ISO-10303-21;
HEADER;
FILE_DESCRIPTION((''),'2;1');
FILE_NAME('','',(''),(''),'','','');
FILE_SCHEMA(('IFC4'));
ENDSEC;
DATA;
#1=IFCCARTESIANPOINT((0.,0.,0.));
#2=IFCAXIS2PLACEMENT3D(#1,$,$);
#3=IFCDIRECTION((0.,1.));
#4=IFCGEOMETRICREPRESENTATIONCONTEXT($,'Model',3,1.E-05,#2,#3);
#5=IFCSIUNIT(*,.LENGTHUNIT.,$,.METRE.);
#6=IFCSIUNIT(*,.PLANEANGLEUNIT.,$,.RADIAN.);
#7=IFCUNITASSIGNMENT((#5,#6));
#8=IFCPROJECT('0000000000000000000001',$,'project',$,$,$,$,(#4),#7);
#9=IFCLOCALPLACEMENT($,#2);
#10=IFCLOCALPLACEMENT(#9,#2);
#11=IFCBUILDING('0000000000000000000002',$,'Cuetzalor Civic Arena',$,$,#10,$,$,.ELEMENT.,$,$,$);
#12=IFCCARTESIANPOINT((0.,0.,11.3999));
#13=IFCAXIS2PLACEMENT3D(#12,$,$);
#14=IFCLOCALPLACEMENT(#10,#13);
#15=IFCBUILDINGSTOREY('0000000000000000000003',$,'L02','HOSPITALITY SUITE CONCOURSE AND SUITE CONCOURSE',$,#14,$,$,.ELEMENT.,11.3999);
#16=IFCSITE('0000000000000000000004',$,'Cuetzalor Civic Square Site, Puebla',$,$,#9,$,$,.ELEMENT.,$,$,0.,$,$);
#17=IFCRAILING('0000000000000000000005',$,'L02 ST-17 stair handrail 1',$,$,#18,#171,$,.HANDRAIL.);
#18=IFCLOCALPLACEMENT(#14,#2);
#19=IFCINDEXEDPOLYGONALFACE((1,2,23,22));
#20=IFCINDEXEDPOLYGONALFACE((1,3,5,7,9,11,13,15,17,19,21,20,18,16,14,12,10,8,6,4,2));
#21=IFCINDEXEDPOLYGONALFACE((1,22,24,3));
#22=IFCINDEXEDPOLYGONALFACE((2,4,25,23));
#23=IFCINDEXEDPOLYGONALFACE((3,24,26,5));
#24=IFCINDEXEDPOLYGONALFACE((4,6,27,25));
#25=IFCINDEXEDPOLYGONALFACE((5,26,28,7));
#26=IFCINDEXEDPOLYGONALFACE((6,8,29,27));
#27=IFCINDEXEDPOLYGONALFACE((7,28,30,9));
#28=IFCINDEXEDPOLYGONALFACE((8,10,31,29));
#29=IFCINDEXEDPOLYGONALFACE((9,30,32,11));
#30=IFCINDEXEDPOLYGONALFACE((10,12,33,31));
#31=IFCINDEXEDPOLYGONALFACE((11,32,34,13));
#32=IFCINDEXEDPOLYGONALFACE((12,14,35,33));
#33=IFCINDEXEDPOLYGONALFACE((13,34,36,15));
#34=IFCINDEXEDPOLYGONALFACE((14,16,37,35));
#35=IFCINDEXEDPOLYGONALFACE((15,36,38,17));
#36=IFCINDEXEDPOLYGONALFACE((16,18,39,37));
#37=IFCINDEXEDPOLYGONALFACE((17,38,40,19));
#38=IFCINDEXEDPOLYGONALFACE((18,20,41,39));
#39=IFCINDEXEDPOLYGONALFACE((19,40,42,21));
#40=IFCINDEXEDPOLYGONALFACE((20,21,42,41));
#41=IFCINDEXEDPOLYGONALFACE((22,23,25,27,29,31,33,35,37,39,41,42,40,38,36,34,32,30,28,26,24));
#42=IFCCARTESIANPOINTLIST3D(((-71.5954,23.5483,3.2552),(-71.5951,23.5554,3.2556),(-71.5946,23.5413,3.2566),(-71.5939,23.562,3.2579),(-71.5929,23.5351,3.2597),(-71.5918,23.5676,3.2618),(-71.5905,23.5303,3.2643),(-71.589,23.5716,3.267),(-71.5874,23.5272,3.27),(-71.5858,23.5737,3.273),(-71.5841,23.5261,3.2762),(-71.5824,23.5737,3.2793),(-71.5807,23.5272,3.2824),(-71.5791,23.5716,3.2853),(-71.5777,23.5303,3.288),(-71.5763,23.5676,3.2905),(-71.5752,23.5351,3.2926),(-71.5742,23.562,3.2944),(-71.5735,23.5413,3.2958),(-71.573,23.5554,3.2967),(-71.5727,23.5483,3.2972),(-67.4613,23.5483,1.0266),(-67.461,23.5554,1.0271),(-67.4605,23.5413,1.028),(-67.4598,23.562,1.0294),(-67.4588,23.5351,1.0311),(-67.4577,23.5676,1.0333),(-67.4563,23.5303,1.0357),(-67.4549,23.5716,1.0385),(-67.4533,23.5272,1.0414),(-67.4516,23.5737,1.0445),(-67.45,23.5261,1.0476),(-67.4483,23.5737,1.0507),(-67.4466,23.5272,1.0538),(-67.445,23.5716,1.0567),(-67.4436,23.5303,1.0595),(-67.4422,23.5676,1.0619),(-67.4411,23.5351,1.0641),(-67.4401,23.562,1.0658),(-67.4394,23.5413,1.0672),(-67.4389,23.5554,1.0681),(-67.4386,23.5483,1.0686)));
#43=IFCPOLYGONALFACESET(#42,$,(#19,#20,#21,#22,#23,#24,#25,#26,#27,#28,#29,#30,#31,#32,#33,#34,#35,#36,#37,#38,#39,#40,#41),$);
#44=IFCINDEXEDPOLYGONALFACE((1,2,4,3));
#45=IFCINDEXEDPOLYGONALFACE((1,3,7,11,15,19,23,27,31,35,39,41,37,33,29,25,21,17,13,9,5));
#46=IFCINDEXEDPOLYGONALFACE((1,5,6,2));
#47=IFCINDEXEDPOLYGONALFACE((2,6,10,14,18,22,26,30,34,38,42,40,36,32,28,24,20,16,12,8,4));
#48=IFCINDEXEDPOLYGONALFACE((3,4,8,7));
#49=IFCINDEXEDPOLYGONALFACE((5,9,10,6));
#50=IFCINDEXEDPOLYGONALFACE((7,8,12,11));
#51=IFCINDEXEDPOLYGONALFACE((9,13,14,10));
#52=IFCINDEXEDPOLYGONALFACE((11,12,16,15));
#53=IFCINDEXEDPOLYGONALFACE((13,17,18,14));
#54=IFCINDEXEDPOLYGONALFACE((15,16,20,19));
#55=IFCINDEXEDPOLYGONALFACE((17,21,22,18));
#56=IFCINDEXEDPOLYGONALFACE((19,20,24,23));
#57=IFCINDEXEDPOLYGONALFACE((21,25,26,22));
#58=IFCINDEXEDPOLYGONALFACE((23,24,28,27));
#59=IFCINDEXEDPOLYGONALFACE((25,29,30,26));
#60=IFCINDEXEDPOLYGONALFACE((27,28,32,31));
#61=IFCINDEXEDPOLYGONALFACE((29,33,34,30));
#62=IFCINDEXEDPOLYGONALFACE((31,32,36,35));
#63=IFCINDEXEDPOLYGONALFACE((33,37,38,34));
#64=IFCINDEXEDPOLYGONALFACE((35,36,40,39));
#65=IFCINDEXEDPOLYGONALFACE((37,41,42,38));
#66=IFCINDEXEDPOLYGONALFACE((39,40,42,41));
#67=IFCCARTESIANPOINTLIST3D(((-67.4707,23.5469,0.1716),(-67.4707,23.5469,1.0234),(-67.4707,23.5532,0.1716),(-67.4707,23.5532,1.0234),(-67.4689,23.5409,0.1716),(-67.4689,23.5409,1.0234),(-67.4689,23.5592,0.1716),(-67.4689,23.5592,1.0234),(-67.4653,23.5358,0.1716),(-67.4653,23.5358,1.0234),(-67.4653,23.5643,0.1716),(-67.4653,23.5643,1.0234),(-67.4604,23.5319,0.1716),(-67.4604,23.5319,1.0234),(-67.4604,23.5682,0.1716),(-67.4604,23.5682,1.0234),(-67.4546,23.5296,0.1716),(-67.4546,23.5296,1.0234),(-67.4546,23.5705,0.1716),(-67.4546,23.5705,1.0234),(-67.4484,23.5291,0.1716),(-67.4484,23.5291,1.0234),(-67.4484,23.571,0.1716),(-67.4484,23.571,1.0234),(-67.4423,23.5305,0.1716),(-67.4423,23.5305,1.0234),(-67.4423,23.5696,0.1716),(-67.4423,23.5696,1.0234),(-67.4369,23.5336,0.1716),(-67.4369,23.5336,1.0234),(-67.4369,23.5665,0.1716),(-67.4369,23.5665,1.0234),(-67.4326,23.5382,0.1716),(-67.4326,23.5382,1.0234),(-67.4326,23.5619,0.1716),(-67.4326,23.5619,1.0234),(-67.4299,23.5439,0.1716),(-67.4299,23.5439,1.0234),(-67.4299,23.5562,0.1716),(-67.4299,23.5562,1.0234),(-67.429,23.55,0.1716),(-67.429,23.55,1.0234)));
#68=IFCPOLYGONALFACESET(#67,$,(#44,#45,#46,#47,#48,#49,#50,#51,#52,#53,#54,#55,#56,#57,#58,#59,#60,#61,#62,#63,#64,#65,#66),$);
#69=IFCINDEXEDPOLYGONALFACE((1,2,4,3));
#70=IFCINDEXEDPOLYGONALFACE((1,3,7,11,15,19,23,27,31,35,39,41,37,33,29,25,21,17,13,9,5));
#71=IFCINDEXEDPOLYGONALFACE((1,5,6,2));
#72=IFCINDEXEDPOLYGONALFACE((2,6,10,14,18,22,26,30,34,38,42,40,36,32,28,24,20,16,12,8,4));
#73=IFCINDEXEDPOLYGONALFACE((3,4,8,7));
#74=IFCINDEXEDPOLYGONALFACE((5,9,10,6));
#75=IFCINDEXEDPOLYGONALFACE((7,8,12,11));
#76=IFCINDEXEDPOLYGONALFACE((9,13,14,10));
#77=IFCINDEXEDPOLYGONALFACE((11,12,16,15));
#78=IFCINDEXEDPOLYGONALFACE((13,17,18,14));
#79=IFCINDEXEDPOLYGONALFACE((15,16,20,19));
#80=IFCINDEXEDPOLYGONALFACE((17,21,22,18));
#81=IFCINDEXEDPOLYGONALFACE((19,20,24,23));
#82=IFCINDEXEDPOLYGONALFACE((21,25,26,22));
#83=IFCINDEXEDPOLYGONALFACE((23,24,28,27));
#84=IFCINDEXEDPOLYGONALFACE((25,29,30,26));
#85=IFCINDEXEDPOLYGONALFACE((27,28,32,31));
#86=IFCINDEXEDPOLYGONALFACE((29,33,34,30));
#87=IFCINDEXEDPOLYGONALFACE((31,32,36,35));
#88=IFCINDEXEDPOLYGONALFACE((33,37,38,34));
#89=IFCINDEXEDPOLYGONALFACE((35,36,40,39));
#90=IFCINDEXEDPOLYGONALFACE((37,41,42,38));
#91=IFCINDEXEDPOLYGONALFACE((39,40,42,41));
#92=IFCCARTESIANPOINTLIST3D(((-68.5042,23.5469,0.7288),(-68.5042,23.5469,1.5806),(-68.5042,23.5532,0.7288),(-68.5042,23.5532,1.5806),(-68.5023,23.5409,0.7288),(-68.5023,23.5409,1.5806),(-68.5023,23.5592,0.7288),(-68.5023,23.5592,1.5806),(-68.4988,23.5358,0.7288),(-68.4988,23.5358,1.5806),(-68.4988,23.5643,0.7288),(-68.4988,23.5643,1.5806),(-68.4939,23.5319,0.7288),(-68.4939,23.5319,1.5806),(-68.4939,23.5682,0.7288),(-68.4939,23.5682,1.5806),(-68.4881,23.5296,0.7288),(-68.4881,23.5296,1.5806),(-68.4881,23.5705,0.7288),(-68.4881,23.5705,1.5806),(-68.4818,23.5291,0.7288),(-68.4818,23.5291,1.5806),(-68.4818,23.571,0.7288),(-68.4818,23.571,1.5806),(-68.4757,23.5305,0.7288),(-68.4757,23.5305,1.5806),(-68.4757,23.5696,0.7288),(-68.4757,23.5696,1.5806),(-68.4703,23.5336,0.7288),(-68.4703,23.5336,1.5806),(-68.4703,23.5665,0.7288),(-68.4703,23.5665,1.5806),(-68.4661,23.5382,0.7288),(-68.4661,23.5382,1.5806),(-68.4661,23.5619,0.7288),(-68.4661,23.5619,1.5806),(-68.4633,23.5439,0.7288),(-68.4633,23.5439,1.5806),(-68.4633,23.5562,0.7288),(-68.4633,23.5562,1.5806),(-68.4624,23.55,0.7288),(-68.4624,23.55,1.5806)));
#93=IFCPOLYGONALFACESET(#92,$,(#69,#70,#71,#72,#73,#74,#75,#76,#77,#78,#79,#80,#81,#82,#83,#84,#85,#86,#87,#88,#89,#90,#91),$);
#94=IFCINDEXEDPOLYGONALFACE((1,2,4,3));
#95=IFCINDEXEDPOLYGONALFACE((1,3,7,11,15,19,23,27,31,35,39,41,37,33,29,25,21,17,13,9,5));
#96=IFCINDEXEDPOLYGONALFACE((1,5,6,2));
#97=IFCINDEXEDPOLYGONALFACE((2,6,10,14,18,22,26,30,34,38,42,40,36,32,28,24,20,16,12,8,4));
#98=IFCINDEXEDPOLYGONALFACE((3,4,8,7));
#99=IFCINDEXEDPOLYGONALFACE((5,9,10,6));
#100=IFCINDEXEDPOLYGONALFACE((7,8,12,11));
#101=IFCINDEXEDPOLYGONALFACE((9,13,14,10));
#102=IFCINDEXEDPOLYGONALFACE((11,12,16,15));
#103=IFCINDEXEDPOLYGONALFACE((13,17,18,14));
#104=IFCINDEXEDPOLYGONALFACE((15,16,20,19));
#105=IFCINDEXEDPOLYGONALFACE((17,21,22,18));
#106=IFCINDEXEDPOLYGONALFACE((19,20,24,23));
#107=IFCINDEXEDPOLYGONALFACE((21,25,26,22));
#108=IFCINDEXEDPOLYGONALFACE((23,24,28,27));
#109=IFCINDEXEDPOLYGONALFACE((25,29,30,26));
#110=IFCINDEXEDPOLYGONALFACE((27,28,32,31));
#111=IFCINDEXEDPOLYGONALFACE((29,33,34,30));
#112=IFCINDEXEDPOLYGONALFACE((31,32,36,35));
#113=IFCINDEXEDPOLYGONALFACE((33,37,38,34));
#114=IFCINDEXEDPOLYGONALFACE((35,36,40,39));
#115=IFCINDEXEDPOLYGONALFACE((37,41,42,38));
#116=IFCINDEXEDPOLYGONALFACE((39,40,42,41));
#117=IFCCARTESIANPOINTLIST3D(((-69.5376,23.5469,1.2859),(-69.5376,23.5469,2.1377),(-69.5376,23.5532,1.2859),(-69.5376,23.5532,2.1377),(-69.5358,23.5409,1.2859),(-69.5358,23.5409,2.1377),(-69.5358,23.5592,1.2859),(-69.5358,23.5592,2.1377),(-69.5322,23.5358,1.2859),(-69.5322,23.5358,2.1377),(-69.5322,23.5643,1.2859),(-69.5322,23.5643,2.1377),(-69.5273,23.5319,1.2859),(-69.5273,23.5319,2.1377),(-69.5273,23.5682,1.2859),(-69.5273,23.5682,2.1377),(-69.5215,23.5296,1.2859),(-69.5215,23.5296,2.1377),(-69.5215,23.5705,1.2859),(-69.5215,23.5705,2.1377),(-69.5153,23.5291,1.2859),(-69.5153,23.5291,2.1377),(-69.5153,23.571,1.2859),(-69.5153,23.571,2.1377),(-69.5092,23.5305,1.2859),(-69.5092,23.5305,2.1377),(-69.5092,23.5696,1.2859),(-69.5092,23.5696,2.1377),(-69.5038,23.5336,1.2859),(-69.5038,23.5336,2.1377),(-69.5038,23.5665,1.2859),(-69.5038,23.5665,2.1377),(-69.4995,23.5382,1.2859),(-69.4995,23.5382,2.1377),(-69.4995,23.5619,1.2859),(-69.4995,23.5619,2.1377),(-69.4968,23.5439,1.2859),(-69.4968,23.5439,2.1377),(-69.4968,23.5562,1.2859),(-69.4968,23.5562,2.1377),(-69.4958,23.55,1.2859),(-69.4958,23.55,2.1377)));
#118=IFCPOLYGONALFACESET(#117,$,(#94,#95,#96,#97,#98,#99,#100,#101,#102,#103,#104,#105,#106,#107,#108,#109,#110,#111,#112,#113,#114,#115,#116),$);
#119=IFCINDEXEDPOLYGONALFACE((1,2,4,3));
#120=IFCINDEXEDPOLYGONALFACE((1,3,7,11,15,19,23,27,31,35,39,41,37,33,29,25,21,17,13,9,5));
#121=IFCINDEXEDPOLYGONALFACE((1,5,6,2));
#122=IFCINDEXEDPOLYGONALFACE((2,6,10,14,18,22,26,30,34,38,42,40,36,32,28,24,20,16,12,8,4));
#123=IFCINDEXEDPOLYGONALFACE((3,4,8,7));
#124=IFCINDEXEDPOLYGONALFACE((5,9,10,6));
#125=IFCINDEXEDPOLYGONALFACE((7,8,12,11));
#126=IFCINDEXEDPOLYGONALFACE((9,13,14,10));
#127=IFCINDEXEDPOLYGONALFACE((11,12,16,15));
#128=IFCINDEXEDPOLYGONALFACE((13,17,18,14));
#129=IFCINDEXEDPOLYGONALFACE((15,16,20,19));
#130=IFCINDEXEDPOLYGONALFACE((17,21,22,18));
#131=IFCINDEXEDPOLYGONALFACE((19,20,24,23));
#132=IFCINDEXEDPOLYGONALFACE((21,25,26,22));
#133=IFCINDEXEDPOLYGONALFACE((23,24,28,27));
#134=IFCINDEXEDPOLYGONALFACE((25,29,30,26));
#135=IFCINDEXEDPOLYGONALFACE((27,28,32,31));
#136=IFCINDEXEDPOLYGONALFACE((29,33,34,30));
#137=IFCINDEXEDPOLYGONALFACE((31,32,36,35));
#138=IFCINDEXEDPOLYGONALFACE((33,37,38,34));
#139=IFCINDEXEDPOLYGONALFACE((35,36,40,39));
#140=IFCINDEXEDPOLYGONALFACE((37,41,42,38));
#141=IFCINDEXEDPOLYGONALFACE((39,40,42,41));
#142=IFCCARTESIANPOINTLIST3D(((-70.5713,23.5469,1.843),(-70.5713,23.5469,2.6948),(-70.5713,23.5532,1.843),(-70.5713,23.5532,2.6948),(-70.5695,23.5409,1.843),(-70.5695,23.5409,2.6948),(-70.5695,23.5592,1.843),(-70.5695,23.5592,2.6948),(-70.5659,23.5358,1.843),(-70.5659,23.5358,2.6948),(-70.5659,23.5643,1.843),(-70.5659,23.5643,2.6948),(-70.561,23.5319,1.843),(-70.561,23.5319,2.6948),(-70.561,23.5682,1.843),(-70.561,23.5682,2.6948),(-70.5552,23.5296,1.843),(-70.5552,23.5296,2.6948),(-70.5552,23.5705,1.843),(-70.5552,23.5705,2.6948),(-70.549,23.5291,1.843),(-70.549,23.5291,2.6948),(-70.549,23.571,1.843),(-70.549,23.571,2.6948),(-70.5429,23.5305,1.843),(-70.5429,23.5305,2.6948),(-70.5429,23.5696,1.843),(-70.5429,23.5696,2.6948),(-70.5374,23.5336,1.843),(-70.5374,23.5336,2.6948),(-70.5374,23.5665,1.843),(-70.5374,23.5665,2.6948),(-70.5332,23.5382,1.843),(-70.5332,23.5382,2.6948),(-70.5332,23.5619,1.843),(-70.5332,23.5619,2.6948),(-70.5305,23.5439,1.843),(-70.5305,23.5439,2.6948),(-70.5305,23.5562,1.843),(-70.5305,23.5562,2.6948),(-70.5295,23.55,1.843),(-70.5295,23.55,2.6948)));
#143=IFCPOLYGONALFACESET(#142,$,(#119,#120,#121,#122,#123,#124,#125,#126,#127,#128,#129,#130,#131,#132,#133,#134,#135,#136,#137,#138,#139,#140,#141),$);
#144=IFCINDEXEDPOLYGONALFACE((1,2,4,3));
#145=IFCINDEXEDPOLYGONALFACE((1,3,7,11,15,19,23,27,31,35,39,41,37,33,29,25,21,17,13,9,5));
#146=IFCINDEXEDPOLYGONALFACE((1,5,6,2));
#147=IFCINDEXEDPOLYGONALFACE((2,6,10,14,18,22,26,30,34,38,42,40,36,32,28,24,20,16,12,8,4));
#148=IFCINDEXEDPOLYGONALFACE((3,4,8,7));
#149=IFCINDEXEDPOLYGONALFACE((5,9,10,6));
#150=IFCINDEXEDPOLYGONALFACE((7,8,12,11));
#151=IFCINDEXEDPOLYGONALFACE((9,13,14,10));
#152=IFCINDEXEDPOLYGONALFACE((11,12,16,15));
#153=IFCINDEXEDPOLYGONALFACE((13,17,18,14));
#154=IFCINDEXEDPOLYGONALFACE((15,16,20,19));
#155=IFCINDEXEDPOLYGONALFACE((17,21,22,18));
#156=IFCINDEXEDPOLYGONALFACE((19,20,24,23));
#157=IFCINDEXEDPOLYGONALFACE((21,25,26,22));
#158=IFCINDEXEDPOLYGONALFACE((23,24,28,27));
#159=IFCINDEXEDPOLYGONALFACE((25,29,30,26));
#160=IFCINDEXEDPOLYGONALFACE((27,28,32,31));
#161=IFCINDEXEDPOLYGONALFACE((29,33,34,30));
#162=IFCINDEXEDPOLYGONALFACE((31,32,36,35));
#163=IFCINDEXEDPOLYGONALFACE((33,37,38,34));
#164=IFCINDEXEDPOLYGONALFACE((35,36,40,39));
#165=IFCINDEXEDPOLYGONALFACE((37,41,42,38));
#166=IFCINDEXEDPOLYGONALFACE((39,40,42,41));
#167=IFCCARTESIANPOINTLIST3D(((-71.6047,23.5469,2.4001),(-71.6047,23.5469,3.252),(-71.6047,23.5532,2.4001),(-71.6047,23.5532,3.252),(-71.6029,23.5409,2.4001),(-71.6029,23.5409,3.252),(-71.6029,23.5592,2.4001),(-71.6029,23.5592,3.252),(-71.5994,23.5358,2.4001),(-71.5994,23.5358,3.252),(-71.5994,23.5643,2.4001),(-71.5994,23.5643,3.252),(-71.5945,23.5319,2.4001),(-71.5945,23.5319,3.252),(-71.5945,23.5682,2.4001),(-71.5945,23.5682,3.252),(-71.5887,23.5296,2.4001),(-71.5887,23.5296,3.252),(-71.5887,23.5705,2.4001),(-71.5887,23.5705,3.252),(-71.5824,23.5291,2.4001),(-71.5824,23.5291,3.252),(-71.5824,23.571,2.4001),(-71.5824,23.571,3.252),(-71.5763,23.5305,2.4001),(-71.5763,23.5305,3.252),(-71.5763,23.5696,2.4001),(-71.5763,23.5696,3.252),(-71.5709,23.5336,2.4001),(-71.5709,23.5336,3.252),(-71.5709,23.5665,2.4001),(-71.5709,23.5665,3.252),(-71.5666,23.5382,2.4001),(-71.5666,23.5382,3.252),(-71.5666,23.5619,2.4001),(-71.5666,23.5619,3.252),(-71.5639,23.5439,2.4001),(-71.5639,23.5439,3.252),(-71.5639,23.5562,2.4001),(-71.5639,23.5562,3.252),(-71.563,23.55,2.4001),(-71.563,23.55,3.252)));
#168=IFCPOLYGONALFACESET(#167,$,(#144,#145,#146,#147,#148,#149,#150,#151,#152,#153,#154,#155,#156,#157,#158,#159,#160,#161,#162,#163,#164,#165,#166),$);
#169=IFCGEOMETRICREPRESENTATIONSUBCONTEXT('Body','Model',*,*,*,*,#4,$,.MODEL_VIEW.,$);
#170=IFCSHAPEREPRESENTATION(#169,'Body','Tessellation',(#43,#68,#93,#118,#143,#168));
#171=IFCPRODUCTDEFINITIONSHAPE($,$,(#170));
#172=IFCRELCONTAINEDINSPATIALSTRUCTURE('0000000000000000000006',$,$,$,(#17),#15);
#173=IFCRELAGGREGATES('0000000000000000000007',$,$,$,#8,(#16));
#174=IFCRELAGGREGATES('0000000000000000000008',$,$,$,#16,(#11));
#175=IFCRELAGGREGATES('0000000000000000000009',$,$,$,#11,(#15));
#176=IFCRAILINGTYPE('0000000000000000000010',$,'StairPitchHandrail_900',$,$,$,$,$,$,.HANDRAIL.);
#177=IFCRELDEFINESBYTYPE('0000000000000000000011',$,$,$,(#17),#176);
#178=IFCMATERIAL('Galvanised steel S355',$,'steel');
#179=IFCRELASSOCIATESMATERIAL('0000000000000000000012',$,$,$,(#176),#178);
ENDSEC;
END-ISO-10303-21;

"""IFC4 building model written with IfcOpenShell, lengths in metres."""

from ifc_helpers import new_model, si_unit, direction, frame, origin, origin_2d, place, context, subcontext, project, spatial, circle, extrude, material, type_object, element, save


model = new_model("IFC4")

# Units and contexts
model_context = context("Model", 3, precision=1e-05, world=origin(), true_north=direction((0.0, 1.0)))
body_context = subcontext(model_context, "Body", "Model", "MODEL_VIEW")
ifc_project = project(units=[si_unit("LENGTHUNIT", "METRE"), si_unit("PLANEANGLEUNIT", "RADIAN")], contexts=[model_context])

# Site, building, storey
site_placement = place(None, origin())
site = spatial("IfcSite", under=ifc_project, at=site_placement, Name="Cuetzalor Civic Square Site, Puebla", CompositionType="ELEMENT", RefElevation=0.0)
building_placement = place(site_placement, origin())
building = spatial("IfcBuilding", under=site, at=building_placement, Name="Cuetzalor Civic Arena", CompositionType="ELEMENT")
storey_placement = place(building_placement, frame((0.0, 0.0, 11.3999)))
storey = spatial("IfcBuildingStorey", under=building, at=storey_placement, Name="L02", Description="HOSPITALITY SUITE CONCOURSE AND SUITE CONCOURSE", CompositionType="ELEMENT", Elevation=11.3999)

# Railing
ifc_material_1 = material(Name="Galvanised steel S355", Category="steel")
railing_type_1 = type_object("IfcRailingType", Name="StairPitchHandrail_900", PredefinedType="HANDRAIL", material=ifc_material_1)
railing_1_placement = place(storey_placement, frame((-67.45, 23.55, 0.1716)))
element("IfcRailing", 1, at=railing_1_placement, inside=storey, type_object=railing_type_1, Name="L02 ST-17 stair handrail 1", PredefinedType="HANDRAIL", context=body_context, shape_type="SweptSolid", body=[
    extrude(circle(Radius=0.0239, at=origin_2d()), frame((0.0, 0.0, 0.876), z_axis=(-0.880249, 0.0, 0.474512), x_axis=(0.0, -1.0, 0.0)), (0.0, 0.0, 1.0), 4.6965),
    extrude(circle(Radius=0.021, at=origin_2d()), origin(), (0.0, 0.0, 1.0), 0.8518),
    extrude(circle(Radius=0.021, at=origin_2d()), frame((-1.0334, 0.0, 0.5571)), (0.0, 0.0, 1.0), 0.8518),
    extrude(circle(Radius=0.021, at=origin_2d()), frame((-2.0669, 0.0, 1.1143)), (0.0, 0.0, 1.0), 0.8518),
    extrude(circle(Radius=0.021, at=origin_2d()), frame((-3.1006, 0.0, 1.6714)), (0.0, 0.0, 1.0), 0.8518),
    extrude(circle(Radius=0.021, at=origin_2d()), frame((-4.134, 0.0, 2.2285)), (0.0, 0.0, 1.0), 0.8518),
])

save(model, "model.ifc")
